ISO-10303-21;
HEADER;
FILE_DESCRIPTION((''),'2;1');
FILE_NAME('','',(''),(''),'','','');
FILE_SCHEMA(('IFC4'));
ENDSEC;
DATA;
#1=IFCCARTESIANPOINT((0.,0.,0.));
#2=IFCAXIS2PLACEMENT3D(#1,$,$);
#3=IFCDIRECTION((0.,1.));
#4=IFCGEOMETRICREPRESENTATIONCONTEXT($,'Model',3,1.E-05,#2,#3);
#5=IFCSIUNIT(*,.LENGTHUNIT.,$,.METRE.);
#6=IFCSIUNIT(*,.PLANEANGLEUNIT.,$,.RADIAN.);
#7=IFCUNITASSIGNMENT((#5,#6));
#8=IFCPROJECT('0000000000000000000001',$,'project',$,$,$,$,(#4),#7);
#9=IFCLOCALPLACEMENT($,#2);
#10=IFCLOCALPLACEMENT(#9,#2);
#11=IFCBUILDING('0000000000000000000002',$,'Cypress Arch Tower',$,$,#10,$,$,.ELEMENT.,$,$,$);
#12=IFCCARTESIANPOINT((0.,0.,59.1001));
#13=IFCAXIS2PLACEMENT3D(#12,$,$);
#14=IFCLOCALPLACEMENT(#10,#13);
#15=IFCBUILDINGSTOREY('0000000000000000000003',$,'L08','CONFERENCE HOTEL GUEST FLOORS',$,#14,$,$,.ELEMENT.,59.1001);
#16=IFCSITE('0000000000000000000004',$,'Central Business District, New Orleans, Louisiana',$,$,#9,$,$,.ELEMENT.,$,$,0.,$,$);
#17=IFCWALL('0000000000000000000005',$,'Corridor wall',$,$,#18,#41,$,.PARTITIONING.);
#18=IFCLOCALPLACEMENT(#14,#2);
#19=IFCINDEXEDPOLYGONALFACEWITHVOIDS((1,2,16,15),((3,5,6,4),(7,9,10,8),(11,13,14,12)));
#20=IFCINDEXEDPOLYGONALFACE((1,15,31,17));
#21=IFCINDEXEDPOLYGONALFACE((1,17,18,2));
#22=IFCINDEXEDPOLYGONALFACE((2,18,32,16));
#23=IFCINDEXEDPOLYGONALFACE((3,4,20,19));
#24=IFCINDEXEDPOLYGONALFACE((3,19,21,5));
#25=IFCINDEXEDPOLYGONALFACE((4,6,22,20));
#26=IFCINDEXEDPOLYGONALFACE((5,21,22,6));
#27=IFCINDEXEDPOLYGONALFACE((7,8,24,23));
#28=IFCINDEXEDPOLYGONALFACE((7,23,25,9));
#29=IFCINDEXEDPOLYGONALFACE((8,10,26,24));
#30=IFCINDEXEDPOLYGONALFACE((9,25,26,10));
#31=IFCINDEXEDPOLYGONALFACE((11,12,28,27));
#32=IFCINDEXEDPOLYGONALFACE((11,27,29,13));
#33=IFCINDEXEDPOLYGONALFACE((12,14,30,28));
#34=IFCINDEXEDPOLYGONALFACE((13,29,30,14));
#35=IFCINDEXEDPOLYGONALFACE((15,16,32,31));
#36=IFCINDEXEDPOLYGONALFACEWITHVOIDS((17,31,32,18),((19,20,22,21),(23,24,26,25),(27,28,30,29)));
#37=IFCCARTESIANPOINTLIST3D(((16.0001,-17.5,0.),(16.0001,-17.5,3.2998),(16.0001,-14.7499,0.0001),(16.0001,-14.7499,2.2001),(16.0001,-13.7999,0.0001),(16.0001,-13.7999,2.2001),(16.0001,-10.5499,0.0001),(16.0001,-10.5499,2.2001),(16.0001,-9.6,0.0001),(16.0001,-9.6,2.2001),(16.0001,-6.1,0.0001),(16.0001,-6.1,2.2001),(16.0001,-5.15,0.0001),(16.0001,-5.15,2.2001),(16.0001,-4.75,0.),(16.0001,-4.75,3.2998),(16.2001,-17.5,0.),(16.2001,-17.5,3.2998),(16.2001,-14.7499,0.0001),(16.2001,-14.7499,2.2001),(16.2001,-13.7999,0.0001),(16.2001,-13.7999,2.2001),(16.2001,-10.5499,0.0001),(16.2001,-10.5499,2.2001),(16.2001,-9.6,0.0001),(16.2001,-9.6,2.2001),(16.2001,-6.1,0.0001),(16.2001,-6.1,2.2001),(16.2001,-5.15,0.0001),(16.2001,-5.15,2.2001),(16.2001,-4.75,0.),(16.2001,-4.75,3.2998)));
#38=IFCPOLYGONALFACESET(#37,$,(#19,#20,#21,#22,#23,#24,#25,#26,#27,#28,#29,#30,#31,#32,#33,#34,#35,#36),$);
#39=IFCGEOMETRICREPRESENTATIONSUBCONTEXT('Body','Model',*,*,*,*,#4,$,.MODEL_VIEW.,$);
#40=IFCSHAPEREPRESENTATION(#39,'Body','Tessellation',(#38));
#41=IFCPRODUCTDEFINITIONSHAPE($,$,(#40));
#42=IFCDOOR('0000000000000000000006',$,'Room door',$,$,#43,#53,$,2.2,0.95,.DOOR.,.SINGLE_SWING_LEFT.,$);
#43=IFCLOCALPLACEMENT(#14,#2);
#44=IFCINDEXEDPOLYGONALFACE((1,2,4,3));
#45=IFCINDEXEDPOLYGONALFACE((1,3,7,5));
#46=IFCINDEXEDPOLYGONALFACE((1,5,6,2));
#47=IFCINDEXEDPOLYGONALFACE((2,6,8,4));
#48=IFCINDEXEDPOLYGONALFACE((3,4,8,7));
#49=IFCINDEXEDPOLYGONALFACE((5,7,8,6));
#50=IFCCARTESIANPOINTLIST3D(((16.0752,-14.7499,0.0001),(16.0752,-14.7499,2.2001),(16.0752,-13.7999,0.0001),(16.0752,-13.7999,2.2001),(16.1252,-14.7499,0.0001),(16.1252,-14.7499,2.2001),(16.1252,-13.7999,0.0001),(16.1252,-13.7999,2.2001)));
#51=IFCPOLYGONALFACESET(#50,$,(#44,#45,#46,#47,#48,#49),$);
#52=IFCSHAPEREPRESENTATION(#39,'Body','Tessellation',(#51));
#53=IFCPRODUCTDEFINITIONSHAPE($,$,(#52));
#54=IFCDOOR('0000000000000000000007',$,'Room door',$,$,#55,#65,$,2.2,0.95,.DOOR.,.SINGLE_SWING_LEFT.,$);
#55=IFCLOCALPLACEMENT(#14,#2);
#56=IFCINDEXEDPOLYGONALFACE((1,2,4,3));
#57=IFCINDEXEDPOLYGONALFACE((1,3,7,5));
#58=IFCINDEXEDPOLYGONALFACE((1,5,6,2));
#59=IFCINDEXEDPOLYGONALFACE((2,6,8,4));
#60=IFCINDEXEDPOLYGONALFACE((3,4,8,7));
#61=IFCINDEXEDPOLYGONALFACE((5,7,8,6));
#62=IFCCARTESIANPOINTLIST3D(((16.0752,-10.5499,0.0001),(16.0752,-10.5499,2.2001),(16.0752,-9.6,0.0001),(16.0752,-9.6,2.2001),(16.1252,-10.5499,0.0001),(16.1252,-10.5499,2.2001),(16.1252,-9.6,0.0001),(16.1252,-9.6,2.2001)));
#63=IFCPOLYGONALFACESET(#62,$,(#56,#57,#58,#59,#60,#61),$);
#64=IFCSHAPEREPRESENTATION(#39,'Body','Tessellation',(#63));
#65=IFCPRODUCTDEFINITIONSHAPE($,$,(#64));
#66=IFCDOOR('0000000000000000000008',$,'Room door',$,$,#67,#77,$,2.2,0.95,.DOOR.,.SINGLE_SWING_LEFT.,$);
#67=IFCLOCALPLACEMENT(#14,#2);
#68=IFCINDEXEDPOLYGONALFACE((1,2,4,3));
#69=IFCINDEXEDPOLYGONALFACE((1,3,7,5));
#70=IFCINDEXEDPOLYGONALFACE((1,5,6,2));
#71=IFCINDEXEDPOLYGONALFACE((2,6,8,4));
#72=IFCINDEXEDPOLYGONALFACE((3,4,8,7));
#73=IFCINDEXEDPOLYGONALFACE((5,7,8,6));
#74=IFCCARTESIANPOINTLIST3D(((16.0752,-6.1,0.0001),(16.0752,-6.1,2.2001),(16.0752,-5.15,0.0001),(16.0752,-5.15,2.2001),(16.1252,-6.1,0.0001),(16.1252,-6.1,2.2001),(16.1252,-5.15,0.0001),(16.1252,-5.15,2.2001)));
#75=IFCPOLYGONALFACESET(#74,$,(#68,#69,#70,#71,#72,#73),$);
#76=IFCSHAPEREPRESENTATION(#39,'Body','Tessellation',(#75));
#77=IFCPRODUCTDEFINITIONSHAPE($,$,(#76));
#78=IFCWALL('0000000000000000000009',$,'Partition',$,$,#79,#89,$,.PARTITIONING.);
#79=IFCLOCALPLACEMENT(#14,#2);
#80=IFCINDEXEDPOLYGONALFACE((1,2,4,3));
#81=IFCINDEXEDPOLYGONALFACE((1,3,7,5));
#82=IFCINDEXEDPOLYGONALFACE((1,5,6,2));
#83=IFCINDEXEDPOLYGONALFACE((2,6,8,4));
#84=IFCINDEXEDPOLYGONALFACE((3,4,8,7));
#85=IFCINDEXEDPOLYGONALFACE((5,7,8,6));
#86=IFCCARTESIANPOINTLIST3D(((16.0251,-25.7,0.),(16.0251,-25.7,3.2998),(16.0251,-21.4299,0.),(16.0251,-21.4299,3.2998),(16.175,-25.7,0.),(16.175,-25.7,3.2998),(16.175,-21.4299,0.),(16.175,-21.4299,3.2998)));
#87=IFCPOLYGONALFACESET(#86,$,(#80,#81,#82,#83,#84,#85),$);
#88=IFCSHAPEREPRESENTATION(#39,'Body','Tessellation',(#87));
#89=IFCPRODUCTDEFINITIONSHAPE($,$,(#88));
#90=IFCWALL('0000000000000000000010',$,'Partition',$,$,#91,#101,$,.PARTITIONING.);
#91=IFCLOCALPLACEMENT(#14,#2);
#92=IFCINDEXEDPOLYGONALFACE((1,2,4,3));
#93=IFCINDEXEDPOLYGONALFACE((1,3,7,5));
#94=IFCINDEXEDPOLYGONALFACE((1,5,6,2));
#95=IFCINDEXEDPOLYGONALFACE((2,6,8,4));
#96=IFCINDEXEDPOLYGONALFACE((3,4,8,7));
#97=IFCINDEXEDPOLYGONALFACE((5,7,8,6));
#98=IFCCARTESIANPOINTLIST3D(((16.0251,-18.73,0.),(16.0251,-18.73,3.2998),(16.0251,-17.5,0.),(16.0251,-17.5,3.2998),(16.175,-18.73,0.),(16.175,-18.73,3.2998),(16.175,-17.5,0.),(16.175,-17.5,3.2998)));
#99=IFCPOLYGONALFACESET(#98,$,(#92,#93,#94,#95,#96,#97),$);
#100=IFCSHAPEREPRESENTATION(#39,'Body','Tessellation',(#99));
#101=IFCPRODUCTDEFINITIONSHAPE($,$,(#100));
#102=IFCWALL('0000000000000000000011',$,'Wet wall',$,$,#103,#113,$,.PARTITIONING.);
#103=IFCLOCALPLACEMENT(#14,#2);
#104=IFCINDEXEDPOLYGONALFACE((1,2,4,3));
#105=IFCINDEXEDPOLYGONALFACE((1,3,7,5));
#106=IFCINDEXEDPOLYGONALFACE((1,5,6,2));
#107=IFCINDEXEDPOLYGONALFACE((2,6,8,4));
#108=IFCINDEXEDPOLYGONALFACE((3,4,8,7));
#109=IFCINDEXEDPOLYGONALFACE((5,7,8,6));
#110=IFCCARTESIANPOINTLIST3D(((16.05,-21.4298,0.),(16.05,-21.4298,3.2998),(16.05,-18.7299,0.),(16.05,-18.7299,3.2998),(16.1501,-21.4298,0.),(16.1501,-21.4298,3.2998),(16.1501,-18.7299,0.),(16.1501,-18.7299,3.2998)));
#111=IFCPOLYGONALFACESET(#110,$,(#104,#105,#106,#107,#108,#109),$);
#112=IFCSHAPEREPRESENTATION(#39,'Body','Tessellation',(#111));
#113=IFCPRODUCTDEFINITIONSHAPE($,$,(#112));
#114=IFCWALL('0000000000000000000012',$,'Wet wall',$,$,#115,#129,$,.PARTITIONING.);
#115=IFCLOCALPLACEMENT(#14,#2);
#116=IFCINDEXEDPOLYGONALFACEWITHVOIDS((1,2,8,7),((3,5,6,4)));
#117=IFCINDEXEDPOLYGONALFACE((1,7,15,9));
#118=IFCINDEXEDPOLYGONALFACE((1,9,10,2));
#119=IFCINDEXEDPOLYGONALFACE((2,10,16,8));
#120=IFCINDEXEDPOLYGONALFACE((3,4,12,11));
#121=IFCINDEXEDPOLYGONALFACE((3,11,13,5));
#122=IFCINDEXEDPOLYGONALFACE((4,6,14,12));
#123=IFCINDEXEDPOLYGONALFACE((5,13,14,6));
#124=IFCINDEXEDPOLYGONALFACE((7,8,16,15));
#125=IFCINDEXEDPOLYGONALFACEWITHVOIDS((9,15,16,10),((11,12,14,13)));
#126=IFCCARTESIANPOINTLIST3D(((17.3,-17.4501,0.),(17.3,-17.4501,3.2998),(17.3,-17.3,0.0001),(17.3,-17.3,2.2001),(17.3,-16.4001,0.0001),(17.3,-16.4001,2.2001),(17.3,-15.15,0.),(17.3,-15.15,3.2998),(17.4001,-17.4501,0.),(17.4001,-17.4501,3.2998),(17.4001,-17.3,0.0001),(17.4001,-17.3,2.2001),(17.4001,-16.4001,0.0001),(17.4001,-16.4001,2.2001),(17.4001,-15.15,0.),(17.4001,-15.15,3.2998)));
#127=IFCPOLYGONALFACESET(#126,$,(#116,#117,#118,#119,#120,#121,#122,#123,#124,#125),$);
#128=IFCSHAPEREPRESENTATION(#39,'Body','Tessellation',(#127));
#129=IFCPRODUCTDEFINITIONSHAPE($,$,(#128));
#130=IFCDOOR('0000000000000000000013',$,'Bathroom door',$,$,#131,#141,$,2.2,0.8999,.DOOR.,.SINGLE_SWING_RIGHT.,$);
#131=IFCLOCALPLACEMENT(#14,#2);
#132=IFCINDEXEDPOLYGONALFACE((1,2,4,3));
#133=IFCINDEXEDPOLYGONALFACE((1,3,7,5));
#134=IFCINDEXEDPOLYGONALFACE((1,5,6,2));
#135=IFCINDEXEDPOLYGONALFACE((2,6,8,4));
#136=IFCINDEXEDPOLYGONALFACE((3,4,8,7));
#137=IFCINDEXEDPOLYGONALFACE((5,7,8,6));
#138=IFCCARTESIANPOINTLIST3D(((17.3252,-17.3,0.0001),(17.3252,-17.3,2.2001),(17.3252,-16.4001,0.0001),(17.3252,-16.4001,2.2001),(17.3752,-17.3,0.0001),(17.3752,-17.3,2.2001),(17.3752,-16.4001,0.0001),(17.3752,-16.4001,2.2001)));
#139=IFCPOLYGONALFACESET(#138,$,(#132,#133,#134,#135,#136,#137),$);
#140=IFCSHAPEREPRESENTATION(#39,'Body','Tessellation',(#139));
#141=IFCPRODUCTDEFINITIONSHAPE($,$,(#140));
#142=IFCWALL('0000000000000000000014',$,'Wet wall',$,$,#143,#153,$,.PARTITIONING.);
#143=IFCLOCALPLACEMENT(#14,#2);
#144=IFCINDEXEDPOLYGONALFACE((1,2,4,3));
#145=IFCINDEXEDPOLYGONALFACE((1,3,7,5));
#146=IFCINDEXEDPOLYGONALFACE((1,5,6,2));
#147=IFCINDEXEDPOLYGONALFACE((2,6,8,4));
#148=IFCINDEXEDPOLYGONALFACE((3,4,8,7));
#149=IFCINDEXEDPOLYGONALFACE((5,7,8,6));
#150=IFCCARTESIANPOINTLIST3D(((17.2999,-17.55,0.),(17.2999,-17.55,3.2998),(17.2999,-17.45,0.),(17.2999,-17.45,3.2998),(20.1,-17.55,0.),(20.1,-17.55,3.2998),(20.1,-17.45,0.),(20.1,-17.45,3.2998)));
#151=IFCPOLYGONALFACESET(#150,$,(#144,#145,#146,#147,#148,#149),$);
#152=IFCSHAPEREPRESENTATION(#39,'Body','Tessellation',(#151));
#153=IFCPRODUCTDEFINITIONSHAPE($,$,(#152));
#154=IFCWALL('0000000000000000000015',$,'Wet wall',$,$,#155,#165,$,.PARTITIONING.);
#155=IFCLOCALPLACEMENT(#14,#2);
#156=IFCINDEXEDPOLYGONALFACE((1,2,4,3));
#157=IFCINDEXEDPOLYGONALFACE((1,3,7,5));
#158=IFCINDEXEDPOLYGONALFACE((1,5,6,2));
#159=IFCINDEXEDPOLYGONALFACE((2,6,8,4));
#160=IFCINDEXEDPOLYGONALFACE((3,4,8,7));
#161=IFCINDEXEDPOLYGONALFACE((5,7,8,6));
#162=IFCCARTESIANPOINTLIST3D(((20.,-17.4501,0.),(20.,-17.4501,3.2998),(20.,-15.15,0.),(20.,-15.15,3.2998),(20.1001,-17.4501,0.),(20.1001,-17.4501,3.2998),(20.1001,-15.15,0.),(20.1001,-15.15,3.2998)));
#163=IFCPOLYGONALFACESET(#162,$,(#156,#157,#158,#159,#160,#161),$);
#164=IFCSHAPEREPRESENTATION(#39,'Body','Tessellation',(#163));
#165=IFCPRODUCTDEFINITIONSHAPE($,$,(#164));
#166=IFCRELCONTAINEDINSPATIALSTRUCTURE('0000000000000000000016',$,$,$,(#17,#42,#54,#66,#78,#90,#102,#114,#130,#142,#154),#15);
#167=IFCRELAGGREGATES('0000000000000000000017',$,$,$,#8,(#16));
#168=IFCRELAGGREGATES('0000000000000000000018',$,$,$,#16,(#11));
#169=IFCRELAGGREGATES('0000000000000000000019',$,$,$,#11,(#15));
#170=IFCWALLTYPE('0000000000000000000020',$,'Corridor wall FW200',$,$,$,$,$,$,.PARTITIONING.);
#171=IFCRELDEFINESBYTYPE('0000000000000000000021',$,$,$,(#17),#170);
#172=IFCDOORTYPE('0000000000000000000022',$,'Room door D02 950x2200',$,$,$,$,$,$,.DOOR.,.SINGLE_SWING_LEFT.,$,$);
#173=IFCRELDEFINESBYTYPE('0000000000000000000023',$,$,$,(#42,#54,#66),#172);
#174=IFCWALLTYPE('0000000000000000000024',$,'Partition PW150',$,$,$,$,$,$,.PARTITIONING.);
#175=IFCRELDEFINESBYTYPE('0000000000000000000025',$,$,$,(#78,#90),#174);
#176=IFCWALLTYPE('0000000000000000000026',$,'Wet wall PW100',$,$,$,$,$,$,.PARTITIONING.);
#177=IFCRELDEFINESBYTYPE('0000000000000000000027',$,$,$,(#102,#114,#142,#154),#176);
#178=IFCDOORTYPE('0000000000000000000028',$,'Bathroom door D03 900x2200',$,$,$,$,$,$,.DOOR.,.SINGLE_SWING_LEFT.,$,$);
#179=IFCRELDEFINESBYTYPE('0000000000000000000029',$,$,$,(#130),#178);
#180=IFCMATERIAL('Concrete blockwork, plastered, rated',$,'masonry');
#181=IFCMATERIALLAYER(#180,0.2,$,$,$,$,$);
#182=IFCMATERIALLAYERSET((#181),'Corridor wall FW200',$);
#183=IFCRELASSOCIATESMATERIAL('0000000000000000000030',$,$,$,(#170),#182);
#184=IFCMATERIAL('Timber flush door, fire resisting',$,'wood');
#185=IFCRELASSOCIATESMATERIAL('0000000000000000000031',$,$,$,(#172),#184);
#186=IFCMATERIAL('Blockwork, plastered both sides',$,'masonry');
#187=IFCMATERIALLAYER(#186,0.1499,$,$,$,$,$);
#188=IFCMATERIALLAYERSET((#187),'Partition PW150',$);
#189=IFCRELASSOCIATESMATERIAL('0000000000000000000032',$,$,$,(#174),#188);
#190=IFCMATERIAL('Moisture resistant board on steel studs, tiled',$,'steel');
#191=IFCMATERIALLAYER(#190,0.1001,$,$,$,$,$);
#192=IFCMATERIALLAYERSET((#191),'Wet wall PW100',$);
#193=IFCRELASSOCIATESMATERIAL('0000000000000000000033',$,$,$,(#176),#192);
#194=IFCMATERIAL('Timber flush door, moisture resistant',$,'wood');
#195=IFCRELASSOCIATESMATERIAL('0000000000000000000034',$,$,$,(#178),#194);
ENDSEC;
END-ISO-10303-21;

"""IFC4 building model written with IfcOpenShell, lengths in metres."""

from ifc_helpers import new_model, si_unit, direction, frame, frame_2d, origin, place, context, subcontext, project, spatial, rectangle, extrude, material, layer, layer_set, type_object, element, fill, save


model = new_model("IFC4")

# Units and contexts
model_context = context("Model", 3, precision=1e-05, world=origin(), true_north=direction((0.0, 1.0)))
body_context = subcontext(model_context, "Body", "Model", "MODEL_VIEW")
ifc_project = project(units=[si_unit("LENGTHUNIT", "METRE"), si_unit("PLANEANGLEUNIT", "RADIAN")], contexts=[model_context])

# Site, building, storey
site_placement = place(None, origin())
site = spatial("IfcSite", under=ifc_project, at=site_placement, Name="Central Business District, New Orleans, Louisiana", CompositionType="ELEMENT", RefElevation=0.0)
building_placement = place(site_placement, origin())
building = spatial("IfcBuilding", under=site, at=building_placement, Name="Cypress Arch Tower", CompositionType="ELEMENT")
storey_placement = place(building_placement, frame((0.0, 0.0, 59.1001)))
storey = spatial("IfcBuildingStorey", under=building, at=storey_placement, Name="L08", Description="CONFERENCE HOTEL GUEST FLOORS", CompositionType="ELEMENT", Elevation=59.1001)

# Wall, openings, doors
ifc_material_1 = material(Name="Concrete blockwork, plastered, rated", Category="masonry")
ifc_layer_1 = layer(ifc_material_1, 0.2)
ifc_layer_set_1 = layer_set([ifc_layer_1], Name="Corridor wall FW200")
wall_type_1 = type_object("IfcWallType", Name="Corridor wall FW200", PredefinedType="PARTITIONING", material=ifc_layer_set_1)
wall_1_placement = place(storey_placement, frame((16.1001, -17.5, 0.0), z_axis=(0.0, 0.0, 1.0), x_axis=(0.0, 1.0, 0.0)))
wall_1 = element("IfcWall", 1, at=wall_1_placement, inside=storey, type_object=wall_type_1, Name="Corridor wall", PredefinedType="PARTITIONING", context=body_context, shape_type="SweptSolid", body=[
    extrude(rectangle(XDim=12.75, YDim=0.2, at=frame_2d((6.375, 0.0))), origin(), (0.0, 0.0, 1.0), 3.2998),
])
opening_1_placement = place(wall_1_placement, frame((2.75, 0.0, 0.0)))
opening_1 = element("IfcOpeningElement", 2, at=opening_1_placement, cuts=wall_1, PredefinedType="OPENING", context=body_context, shape_type="SweptSolid", body=[
    extrude(rectangle(XDim=0.95, YDim=2.2, at=frame_2d((0.4751, 1.1001))), frame((0.0, 0.1099, 0.0), z_axis=(0.0, -1.0, 0.0), x_axis=(1.0, 0.0, 0.0)), (0.0, 0.0, 1.0), 0.22),
])
opening_2_placement = place(wall_1_placement, frame((6.95, 0.0, 0.0)))
opening_2 = element("IfcOpeningElement", 3, at=opening_2_placement, cuts=wall_1, PredefinedType="OPENING", context=body_context, shape_type="SweptSolid", body=[
    extrude(rectangle(XDim=0.95, YDim=2.2, at=frame_2d((0.4751, 1.1001))), frame((0.0, 0.1099, 0.0), z_axis=(0.0, -1.0, 0.0), x_axis=(1.0, 0.0, 0.0)), (0.0, 0.0, 1.0), 0.22),
])
opening_3_placement = place(wall_1_placement, frame((11.3999, 0.0, 0.0)))
opening_3 = element("IfcOpeningElement", 4, at=opening_3_placement, cuts=wall_1, PredefinedType="OPENING", context=body_context, shape_type="SweptSolid", body=[
    extrude(rectangle(XDim=0.95, YDim=2.2, at=frame_2d((0.4751, 1.1001))), frame((0.0, 0.1099, 0.0), z_axis=(0.0, -1.0, 0.0), x_axis=(1.0, 0.0, 0.0)), (0.0, 0.0, 1.0), 0.22),
])
ifc_material_2 = material(Name="Timber flush door, fire resisting", Category="wood")
door_type_1 = type_object("IfcDoorType", Name="Room door D02 950x2200", OperationType="SINGLE_SWING_LEFT", PredefinedType="DOOR", material=ifc_material_2)
door_1_placement = place(opening_1_placement, origin())
door_1 = element("IfcDoor", 5, at=door_1_placement, inside=storey, type_object=door_type_1, Name="Room door", OperationType="SINGLE_SWING_LEFT", OverallHeight=2.2, OverallWidth=0.95, PredefinedType="DOOR", context=body_context, shape_type="SweptSolid", body=[
    extrude(rectangle(XDim=0.95, YDim=2.2, at=frame_2d((0.4751, 1.1001))), frame((0.0, 0.0249, 0.0), z_axis=(0.0, -1.0, 0.0), x_axis=(1.0, 0.0, 0.0)), (0.0, 0.0, 1.0), 0.05),
])
fill(opening_1, door_1)
door_2_placement = place(opening_2_placement, origin())
door_2 = element("IfcDoor", 6, at=door_2_placement, inside=storey, type_object=door_type_1, Name="Room door", OperationType="SINGLE_SWING_LEFT", OverallHeight=2.2, OverallWidth=0.95, PredefinedType="DOOR", context=body_context, shape_type="SweptSolid", body=[
    extrude(rectangle(XDim=0.95, YDim=2.2, at=frame_2d((0.4751, 1.1001))), frame((0.0, 0.0249, 0.0), z_axis=(0.0, -1.0, 0.0), x_axis=(1.0, 0.0, 0.0)), (0.0, 0.0, 1.0), 0.05),
])
fill(opening_2, door_2)
door_3_placement = place(opening_3_placement, origin())
door_3 = element("IfcDoor", 7, at=door_3_placement, inside=storey, type_object=door_type_1, Name="Room door", OperationType="SINGLE_SWING_LEFT", OverallHeight=2.2, OverallWidth=0.95, PredefinedType="DOOR", context=body_context, shape_type="SweptSolid", body=[
    extrude(rectangle(XDim=0.95, YDim=2.2, at=frame_2d((0.4751, 1.1001))), frame((0.0, 0.0249, 0.0), z_axis=(0.0, -1.0, 0.0), x_axis=(1.0, 0.0, 0.0)), (0.0, 0.0, 1.0), 0.05),
])
fill(opening_3, door_3)

# Walls
ifc_material_3 = material(Name="Blockwork, plastered both sides", Category="masonry")
ifc_layer_2 = layer(ifc_material_3, 0.1499)
ifc_layer_set_2 = layer_set([ifc_layer_2], Name="Partition PW150")
wall_type_2 = type_object("IfcWallType", Name="Partition PW150", PredefinedType="PARTITIONING", material=ifc_layer_set_2)
wall_2_placement = place(storey_placement, frame((16.1001, -25.7, 0.0), z_axis=(0.0, 0.0, 1.0), x_axis=(0.0, 1.0, 0.0)))
element("IfcWall", 8, at=wall_2_placement, inside=storey, type_object=wall_type_2, Name="Partition", PredefinedType="PARTITIONING", context=body_context, shape_type="SweptSolid", body=[
    extrude(rectangle(XDim=4.27, YDim=0.1499, at=frame_2d((2.135, 0.0))), origin(), (0.0, 0.0, 1.0), 3.2998),
])
wall_3_placement = place(storey_placement, frame((16.1001, -18.73, 0.0), z_axis=(0.0, 0.0, 1.0), x_axis=(0.0, 1.0, 0.0)))
element("IfcWall", 9, at=wall_3_placement, inside=storey, type_object=wall_type_2, Name="Partition", PredefinedType="PARTITIONING", context=body_context, shape_type="SweptSolid", body=[
    extrude(rectangle(XDim=1.23, YDim=0.1499, at=frame_2d((0.615, 0.0))), origin(), (0.0, 0.0, 1.0), 3.2998),
])
ifc_material_4 = material(Name="Moisture resistant board on steel studs, tiled", Category="steel")
ifc_layer_3 = layer(ifc_material_4, 0.1001)
ifc_layer_set_3 = layer_set([ifc_layer_3], Name="Wet wall PW100")
wall_type_3 = type_object("IfcWallType", Name="Wet wall PW100", PredefinedType="PARTITIONING", material=ifc_layer_set_3)
wall_4_placement = place(storey_placement, frame((16.1001, -21.4299, 0.0), z_axis=(0.0, 0.0, 1.0), x_axis=(0.0, 1.0, 0.0)))
element("IfcWall", 10, at=wall_4_placement, inside=storey, type_object=wall_type_3, Name="Wet wall", PredefinedType="PARTITIONING", context=body_context, shape_type="SweptSolid", body=[
    extrude(rectangle(XDim=2.7, YDim=0.1001, at=frame_2d((1.3501, 0.0))), origin(), (0.0, 0.0, 1.0), 3.2998),
])

# Wall, opening, door
wall_5_placement = place(storey_placement, frame((17.3501, -17.45, 0.0), z_axis=(0.0, 0.0, 1.0), x_axis=(0.0, 1.0, 0.0)))
wall_5 = element("IfcWall", 11, at=wall_5_placement, inside=storey, type_object=wall_type_3, Name="Wet wall", PredefinedType="PARTITIONING", context=body_context, shape_type="SweptSolid", body=[
    extrude(rectangle(XDim=2.3, YDim=0.1001, at=frame_2d((1.1499, 0.0))), origin(), (0.0, 0.0, 1.0), 3.2998),
])
opening_4_placement = place(wall_5_placement, frame((0.1499, 0.0, 0.0)))
opening_4 = element("IfcOpeningElement", 12, at=opening_4_placement, cuts=wall_5, PredefinedType="OPENING", context=body_context, shape_type="SweptSolid", body=[
    extrude(rectangle(XDim=0.8999, YDim=2.2, at=frame_2d((0.45, 1.1001))), frame((0.0, 0.0601, 0.0), z_axis=(0.0, -1.0, 0.0), x_axis=(1.0, 0.0, 0.0)), (0.0, 0.0, 1.0), 0.1201),
])
ifc_material_5 = material(Name="Timber flush door, moisture resistant", Category="wood")
door_type_2 = type_object("IfcDoorType", Name="Bathroom door D03 900x2200", OperationType="SINGLE_SWING_LEFT", PredefinedType="DOOR", material=ifc_material_5)
door_4_placement = place(opening_4_placement, origin())
door_4 = element("IfcDoor", 13, at=door_4_placement, inside=storey, type_object=door_type_2, Name="Bathroom door", OperationType="SINGLE_SWING_RIGHT", OverallHeight=2.2, OverallWidth=0.8999, PredefinedType="DOOR", context=body_context, shape_type="SweptSolid", body=[
    extrude(rectangle(XDim=0.8999, YDim=2.2, at=frame_2d((0.45, 1.1001))), frame((0.0, 0.0249, 0.0), z_axis=(0.0, -1.0, 0.0), x_axis=(1.0, 0.0, 0.0)), (0.0, 0.0, 1.0), 0.05),
])
fill(opening_4, door_4)

# Walls
wall_6_placement = place(storey_placement, frame((17.3, -17.5, 0.0), z_axis=(0.0, 0.0, 1.0), x_axis=(1.0, 0.0, 0.0)))
element("IfcWall", 14, at=wall_6_placement, inside=storey, type_object=wall_type_3, Name="Wet wall", PredefinedType="PARTITIONING", context=body_context, shape_type="SweptSolid", body=[
    extrude(rectangle(XDim=2.8, YDim=0.1001, at=frame_2d((1.3999, 0.0))), origin(), (0.0, 0.0, 1.0), 3.2998),
])
wall_7_placement = place(storey_placement, frame((20.05, -17.45, 0.0), z_axis=(0.0, 0.0, 1.0), x_axis=(0.0, 1.0, 0.0)))
element("IfcWall", 15, at=wall_7_placement, inside=storey, type_object=wall_type_3, Name="Wet wall", PredefinedType="PARTITIONING", context=body_context, shape_type="SweptSolid", body=[
    extrude(rectangle(XDim=2.3, YDim=0.1001, at=frame_2d((1.1499, 0.0))), origin(), (0.0, 0.0, 1.0), 3.2998),
])

save(model, "model.ifc")
